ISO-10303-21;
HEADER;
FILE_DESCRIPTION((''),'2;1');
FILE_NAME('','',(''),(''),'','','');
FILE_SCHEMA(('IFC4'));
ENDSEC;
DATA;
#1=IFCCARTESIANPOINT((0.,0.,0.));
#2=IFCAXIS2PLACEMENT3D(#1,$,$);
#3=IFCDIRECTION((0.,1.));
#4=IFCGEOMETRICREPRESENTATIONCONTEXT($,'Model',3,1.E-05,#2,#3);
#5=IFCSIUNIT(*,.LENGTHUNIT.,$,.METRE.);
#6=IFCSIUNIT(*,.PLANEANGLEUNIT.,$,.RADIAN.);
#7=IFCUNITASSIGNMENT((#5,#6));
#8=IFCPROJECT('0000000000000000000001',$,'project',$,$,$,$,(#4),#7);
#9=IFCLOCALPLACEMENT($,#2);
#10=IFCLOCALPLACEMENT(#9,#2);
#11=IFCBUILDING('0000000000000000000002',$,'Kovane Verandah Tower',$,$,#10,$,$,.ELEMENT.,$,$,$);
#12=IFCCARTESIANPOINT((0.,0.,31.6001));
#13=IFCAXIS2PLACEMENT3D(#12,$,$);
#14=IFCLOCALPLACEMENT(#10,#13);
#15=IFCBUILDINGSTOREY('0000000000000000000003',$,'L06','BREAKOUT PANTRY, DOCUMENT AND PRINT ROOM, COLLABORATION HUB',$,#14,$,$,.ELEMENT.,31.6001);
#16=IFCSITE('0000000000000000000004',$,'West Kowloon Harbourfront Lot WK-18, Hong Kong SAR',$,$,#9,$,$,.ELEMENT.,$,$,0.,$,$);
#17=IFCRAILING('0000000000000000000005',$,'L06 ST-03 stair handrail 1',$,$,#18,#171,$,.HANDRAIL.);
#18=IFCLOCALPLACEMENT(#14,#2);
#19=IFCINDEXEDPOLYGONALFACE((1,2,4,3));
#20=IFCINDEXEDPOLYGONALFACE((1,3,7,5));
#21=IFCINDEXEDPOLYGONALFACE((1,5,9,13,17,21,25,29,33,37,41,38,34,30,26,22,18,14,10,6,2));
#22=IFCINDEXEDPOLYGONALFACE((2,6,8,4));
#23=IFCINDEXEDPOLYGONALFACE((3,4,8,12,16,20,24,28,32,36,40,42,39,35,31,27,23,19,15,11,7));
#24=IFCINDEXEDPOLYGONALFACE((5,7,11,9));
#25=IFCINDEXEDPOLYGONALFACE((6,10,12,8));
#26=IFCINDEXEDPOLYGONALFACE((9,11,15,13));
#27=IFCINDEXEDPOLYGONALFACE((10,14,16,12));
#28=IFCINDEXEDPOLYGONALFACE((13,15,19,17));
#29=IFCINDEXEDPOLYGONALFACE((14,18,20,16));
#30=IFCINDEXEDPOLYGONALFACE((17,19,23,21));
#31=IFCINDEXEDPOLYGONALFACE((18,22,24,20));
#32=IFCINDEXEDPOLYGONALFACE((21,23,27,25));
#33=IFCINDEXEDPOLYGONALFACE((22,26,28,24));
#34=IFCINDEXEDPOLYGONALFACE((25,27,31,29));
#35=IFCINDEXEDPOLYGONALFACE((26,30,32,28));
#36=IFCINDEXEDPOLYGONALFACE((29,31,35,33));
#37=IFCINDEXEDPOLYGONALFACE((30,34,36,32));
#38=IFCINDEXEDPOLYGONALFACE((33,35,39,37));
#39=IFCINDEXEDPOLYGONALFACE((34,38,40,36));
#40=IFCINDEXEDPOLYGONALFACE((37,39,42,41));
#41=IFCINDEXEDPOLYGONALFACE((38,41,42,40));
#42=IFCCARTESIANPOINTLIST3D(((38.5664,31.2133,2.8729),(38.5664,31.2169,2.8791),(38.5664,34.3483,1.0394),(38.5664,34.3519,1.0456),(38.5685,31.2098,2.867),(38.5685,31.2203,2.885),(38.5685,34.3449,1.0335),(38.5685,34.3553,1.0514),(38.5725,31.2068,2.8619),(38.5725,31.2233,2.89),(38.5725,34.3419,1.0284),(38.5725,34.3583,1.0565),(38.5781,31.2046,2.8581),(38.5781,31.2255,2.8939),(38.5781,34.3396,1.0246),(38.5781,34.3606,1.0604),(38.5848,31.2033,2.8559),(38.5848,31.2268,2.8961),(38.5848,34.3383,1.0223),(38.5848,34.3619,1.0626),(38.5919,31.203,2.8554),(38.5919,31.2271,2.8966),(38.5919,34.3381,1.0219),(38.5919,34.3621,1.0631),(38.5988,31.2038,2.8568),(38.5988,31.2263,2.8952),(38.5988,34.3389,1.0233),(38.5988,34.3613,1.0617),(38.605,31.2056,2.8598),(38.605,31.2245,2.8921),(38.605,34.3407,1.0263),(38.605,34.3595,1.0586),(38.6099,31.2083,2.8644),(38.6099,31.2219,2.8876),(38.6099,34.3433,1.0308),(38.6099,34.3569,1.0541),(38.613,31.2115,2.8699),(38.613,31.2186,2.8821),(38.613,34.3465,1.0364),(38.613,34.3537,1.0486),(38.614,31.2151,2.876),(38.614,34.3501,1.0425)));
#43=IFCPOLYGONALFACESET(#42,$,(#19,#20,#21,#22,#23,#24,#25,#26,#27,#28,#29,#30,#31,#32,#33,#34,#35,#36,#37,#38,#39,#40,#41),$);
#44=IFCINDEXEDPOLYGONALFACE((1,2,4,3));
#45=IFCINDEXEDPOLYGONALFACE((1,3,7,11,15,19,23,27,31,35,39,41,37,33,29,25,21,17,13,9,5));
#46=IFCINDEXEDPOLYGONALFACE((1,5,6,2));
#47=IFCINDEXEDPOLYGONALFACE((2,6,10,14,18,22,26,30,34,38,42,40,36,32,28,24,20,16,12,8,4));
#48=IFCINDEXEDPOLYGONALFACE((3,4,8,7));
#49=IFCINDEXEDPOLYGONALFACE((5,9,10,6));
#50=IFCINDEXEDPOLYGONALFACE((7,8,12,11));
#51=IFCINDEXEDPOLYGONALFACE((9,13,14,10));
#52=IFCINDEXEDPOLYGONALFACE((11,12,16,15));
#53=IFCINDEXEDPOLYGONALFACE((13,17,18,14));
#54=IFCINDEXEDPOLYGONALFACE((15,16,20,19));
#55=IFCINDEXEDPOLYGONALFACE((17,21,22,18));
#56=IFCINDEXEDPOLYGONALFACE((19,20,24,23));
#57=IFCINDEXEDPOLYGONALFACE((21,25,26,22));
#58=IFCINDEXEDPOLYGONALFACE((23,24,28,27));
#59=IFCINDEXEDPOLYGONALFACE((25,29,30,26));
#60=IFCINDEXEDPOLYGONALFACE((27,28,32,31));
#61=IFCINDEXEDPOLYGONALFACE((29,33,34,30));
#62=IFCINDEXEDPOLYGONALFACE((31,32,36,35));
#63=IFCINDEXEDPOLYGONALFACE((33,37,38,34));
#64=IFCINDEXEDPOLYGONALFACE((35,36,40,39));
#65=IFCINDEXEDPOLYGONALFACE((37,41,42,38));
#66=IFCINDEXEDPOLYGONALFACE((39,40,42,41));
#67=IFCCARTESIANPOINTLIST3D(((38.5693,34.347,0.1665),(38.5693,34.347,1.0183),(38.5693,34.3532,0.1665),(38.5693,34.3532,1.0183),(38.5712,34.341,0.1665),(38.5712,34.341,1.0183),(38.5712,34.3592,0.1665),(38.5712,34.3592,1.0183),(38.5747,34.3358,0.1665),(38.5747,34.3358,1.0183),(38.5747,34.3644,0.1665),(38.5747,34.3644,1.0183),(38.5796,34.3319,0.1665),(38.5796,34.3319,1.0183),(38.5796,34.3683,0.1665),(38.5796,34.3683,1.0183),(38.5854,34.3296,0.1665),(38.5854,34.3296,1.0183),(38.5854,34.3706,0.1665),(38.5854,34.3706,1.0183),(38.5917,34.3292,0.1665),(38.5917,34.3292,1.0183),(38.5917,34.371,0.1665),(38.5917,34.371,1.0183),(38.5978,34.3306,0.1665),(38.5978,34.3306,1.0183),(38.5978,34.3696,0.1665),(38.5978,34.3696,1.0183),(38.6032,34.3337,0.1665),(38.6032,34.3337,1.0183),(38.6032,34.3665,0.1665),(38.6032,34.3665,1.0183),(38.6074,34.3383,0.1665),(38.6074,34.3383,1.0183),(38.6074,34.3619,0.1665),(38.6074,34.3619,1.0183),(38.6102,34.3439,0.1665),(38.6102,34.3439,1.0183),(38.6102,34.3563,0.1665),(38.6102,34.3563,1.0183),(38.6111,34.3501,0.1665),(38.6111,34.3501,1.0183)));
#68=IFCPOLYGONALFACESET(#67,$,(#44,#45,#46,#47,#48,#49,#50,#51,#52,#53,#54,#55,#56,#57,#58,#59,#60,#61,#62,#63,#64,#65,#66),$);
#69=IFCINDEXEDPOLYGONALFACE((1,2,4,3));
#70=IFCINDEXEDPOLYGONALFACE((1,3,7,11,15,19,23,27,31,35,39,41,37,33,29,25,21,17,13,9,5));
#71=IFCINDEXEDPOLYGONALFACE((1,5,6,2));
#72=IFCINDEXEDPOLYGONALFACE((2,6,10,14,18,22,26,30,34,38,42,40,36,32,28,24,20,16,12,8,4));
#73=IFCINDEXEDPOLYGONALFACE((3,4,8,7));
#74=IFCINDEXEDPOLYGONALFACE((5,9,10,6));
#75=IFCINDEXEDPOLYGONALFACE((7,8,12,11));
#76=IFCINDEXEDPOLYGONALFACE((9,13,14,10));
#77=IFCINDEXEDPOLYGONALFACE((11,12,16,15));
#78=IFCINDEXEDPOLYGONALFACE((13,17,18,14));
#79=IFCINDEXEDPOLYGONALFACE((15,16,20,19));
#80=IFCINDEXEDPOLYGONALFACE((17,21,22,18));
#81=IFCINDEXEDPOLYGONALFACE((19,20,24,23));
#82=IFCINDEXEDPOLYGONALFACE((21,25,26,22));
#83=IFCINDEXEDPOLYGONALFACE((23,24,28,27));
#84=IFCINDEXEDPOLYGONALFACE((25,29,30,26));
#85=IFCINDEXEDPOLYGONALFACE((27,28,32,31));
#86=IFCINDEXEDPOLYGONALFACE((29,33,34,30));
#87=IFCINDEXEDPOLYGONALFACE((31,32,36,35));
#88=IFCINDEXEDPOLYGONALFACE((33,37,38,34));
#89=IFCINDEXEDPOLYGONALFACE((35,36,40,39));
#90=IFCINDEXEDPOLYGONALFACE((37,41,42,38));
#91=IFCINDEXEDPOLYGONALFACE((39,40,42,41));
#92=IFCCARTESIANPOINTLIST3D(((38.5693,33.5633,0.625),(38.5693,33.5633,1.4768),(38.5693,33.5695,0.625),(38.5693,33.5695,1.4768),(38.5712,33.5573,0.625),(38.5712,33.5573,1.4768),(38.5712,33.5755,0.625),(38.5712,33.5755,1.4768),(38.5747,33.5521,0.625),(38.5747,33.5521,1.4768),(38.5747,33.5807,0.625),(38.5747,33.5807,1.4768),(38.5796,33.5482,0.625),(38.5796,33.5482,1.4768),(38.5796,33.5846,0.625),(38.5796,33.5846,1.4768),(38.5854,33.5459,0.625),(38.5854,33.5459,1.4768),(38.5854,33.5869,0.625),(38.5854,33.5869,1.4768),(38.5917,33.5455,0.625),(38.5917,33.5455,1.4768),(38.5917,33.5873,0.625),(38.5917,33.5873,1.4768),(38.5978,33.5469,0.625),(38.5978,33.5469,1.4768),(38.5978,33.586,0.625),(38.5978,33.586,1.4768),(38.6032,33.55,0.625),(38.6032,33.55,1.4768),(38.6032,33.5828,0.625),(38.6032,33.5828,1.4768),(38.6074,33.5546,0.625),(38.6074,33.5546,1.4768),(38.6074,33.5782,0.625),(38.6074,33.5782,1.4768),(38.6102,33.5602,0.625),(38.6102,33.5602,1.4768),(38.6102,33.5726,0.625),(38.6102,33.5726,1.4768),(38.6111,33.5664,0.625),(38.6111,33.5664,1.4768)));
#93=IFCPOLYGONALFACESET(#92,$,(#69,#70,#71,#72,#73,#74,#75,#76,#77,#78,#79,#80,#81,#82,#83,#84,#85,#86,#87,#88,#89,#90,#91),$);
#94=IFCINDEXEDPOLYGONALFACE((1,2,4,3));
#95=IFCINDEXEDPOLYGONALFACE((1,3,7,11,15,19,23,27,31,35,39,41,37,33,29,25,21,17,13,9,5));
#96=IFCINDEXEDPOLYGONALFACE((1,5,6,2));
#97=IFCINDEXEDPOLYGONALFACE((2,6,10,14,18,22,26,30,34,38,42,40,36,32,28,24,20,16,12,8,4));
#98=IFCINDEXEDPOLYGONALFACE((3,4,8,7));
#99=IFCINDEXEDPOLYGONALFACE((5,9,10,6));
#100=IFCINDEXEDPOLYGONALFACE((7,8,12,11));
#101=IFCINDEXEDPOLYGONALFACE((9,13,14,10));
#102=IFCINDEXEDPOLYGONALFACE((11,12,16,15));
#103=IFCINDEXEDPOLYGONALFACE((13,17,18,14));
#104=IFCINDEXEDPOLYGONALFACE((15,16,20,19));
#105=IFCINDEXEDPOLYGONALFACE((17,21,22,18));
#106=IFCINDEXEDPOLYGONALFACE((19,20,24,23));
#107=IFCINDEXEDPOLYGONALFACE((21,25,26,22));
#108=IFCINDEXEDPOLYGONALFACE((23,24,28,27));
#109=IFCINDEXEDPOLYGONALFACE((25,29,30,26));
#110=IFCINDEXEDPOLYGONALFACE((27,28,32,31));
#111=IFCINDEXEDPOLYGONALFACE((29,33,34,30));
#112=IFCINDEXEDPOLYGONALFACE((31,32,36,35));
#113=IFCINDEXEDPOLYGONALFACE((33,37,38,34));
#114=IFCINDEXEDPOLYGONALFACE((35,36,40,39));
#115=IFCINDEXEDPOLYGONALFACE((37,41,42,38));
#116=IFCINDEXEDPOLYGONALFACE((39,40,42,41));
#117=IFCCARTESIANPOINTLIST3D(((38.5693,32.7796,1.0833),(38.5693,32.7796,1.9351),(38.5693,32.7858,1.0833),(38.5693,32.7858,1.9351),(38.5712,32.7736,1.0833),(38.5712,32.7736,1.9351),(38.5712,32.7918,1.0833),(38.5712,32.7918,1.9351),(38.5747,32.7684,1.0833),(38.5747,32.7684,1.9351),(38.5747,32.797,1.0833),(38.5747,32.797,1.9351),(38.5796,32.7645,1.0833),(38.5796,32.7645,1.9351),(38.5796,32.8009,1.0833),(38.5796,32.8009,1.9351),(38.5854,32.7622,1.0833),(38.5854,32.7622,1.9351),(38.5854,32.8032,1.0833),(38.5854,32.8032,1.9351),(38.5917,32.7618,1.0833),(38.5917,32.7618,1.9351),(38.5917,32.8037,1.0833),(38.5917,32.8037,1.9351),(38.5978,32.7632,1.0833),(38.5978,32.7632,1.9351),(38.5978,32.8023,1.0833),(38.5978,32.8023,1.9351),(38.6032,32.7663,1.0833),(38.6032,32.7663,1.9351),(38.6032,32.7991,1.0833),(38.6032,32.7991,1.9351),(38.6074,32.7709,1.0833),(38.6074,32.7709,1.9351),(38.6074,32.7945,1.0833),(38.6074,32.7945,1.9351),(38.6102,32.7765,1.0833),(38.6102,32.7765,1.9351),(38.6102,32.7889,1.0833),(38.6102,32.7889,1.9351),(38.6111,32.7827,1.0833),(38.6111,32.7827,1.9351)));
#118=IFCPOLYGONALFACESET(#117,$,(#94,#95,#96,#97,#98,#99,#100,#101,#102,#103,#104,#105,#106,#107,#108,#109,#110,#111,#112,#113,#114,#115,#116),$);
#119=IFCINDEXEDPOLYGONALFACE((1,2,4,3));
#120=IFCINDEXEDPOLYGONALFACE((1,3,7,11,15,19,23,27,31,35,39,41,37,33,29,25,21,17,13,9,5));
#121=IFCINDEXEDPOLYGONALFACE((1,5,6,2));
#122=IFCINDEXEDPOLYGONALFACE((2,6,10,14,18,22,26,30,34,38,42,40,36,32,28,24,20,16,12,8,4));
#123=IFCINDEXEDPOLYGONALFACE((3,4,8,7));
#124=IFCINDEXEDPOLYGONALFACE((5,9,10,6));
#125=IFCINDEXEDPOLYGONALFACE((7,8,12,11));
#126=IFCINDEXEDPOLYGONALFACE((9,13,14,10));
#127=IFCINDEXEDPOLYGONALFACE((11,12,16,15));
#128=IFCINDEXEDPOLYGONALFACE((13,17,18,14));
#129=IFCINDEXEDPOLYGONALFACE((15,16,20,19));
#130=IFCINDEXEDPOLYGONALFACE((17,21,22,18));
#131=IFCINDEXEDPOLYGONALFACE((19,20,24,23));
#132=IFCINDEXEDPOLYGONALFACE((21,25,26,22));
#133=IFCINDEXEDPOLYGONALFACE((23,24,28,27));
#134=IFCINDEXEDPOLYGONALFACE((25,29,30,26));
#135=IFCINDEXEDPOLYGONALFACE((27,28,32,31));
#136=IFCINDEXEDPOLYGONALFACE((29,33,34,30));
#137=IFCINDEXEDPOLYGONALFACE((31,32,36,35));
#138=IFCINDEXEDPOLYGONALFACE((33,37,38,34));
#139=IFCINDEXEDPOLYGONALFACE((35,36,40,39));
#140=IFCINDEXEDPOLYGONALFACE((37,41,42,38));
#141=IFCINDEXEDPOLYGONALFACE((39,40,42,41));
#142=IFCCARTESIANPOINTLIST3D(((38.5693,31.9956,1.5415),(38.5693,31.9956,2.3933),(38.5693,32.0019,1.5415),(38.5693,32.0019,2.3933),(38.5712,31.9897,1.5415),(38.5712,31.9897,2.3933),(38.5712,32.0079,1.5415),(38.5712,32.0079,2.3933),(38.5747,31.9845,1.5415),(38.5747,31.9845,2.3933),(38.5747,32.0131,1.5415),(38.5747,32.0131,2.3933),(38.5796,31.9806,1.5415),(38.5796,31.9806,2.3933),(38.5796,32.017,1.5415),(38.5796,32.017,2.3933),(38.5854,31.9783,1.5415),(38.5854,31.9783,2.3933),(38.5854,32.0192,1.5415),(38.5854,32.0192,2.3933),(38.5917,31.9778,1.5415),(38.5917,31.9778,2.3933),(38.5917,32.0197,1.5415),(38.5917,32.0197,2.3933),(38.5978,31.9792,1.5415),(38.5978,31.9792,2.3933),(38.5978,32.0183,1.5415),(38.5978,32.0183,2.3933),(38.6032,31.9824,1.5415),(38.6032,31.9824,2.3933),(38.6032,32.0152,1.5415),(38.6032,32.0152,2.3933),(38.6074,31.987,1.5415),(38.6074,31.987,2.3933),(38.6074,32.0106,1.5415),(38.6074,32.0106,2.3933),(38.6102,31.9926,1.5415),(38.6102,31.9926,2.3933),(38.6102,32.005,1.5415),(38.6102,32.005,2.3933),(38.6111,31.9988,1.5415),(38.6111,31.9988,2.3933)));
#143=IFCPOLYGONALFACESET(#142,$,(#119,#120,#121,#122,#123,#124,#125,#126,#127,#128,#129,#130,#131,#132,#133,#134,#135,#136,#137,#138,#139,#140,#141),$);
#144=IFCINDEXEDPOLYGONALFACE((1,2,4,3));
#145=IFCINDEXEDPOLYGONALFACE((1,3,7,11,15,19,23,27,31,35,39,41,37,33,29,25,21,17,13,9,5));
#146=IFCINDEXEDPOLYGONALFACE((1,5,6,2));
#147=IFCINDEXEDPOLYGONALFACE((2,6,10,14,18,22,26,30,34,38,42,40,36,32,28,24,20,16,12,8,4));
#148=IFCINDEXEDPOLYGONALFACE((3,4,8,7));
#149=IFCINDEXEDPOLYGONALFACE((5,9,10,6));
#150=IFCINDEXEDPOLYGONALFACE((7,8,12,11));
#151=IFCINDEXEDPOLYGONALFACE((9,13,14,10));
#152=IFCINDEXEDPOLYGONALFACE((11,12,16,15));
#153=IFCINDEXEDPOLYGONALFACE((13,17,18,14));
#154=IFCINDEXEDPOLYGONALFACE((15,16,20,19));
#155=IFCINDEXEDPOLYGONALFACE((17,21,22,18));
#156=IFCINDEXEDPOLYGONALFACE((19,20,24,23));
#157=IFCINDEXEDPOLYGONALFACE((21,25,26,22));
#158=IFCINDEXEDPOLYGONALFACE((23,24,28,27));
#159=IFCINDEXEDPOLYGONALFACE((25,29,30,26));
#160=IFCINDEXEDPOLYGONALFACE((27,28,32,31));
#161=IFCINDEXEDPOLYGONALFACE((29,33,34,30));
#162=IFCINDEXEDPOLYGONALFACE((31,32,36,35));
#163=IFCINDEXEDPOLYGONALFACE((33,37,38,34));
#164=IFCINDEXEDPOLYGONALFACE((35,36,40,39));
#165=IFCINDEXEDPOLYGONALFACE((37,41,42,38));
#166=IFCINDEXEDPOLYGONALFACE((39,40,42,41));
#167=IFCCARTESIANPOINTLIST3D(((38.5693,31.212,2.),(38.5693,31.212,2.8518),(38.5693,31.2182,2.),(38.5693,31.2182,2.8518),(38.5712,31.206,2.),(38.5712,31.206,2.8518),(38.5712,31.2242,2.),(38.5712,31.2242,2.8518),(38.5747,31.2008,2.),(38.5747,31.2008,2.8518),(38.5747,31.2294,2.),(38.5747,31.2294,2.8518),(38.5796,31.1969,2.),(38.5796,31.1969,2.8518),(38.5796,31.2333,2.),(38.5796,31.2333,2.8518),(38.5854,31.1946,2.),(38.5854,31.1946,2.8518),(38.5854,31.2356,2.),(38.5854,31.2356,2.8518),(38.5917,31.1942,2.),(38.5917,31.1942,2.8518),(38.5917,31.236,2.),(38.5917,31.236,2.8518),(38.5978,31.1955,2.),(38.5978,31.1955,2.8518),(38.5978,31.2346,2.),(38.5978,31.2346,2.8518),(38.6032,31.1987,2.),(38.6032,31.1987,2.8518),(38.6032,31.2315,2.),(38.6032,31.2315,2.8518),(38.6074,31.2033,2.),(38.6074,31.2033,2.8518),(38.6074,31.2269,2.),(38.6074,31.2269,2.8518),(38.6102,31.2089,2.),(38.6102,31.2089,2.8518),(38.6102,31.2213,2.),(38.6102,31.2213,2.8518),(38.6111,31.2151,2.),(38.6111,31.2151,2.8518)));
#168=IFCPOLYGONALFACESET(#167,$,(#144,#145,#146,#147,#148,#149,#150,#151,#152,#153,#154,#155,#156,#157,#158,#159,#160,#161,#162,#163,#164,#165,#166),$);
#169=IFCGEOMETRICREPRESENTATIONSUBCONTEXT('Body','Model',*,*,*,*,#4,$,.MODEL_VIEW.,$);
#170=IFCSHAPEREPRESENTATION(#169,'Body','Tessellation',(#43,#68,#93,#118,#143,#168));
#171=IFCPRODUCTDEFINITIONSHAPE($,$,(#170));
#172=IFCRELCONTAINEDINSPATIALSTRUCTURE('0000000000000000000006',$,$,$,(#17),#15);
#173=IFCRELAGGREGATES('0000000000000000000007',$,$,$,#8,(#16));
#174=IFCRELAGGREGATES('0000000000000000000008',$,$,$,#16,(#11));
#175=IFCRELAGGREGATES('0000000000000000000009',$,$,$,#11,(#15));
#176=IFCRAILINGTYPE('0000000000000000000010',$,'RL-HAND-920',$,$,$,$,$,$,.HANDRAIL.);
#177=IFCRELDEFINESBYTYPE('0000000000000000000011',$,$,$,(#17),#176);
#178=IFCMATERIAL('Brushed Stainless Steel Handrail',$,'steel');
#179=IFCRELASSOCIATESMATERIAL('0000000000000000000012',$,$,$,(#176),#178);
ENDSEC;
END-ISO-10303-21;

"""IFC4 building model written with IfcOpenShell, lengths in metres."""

from ifc_helpers import new_model, si_unit, direction, frame, origin, origin_2d, place, context, subcontext, project, spatial, circle, extrude, material, type_object, element, save


model = new_model("IFC4")

# Units and contexts
model_context = context("Model", 3, precision=1e-05, world=origin(), true_north=direction((0.0, 1.0)))
body_context = subcontext(model_context, "Body", "Model", "MODEL_VIEW")
ifc_project = project(units=[si_unit("LENGTHUNIT", "METRE"), si_unit("PLANEANGLEUNIT", "RADIAN")], contexts=[model_context])

# Site, building, storey
site_placement = place(None, origin())
site = spatial("IfcSite", under=ifc_project, at=site_placement, Name="West Kowloon Harbourfront Lot WK-18, Hong Kong SAR", CompositionType="ELEMENT", RefElevation=0.0)
building_placement = place(site_placement, origin())
building = spatial("IfcBuilding", under=site, at=building_placement, Name="Kovane Verandah Tower", CompositionType="ELEMENT")
storey_placement = place(building_placement, frame((0.0, 0.0, 31.6001)))
storey = spatial("IfcBuildingStorey", under=building, at=storey_placement, Name="L06", Description="BREAKOUT PANTRY, DOCUMENT AND PRINT ROOM, COLLABORATION HUB", CompositionType="ELEMENT", Elevation=31.6001)

# Railing
ifc_material_1 = material(Name="Brushed Stainless Steel Handrail", Category="steel")
railing_type_1 = type_object("IfcRailingType", Name="RL-HAND-920", PredefinedType="HANDRAIL", material=ifc_material_1)
for number, where, name in (
    (1, (38.5901, 34.3501, 0.1665), "L06 ST-03 stair handrail 1"),
):
    element("IfcRailing", number, at=place(storey_placement, frame(where)), inside=storey, type_object=railing_type_1, Name=name, PredefinedType="HANDRAIL", context=body_context, shape_type="SweptSolid", body=[
        extrude(circle(Radius=0.0239, at=origin_2d()), frame((0.0, 0.0, 0.876), z_axis=(0.0, -0.86321, 0.504845), x_axis=(1.0, 0.0, 0.0)), (0.0, 0.0, 1.0), 3.6318),
        extrude(circle(Radius=0.021, at=origin_2d()), origin(), (0.0, 0.0, 1.0), 0.8518),
        extrude(circle(Radius=0.021, at=origin_2d()), frame((0.0, -0.7837, 0.4585)), (0.0, 0.0, 1.0), 0.8518),
        extrude(circle(Radius=0.021, at=origin_2d()), frame((0.0, -1.5674, 0.9167)), (0.0, 0.0, 1.0), 0.8518),
        extrude(circle(Radius=0.021, at=origin_2d()), frame((0.0, -2.3513, 1.375)), (0.0, 0.0, 1.0), 0.8518),
        extrude(circle(Radius=0.021, at=origin_2d()), frame((0.0, -3.135, 1.8335)), (0.0, 0.0, 1.0), 0.8518),
    ])

save(model, "model.ifc")
